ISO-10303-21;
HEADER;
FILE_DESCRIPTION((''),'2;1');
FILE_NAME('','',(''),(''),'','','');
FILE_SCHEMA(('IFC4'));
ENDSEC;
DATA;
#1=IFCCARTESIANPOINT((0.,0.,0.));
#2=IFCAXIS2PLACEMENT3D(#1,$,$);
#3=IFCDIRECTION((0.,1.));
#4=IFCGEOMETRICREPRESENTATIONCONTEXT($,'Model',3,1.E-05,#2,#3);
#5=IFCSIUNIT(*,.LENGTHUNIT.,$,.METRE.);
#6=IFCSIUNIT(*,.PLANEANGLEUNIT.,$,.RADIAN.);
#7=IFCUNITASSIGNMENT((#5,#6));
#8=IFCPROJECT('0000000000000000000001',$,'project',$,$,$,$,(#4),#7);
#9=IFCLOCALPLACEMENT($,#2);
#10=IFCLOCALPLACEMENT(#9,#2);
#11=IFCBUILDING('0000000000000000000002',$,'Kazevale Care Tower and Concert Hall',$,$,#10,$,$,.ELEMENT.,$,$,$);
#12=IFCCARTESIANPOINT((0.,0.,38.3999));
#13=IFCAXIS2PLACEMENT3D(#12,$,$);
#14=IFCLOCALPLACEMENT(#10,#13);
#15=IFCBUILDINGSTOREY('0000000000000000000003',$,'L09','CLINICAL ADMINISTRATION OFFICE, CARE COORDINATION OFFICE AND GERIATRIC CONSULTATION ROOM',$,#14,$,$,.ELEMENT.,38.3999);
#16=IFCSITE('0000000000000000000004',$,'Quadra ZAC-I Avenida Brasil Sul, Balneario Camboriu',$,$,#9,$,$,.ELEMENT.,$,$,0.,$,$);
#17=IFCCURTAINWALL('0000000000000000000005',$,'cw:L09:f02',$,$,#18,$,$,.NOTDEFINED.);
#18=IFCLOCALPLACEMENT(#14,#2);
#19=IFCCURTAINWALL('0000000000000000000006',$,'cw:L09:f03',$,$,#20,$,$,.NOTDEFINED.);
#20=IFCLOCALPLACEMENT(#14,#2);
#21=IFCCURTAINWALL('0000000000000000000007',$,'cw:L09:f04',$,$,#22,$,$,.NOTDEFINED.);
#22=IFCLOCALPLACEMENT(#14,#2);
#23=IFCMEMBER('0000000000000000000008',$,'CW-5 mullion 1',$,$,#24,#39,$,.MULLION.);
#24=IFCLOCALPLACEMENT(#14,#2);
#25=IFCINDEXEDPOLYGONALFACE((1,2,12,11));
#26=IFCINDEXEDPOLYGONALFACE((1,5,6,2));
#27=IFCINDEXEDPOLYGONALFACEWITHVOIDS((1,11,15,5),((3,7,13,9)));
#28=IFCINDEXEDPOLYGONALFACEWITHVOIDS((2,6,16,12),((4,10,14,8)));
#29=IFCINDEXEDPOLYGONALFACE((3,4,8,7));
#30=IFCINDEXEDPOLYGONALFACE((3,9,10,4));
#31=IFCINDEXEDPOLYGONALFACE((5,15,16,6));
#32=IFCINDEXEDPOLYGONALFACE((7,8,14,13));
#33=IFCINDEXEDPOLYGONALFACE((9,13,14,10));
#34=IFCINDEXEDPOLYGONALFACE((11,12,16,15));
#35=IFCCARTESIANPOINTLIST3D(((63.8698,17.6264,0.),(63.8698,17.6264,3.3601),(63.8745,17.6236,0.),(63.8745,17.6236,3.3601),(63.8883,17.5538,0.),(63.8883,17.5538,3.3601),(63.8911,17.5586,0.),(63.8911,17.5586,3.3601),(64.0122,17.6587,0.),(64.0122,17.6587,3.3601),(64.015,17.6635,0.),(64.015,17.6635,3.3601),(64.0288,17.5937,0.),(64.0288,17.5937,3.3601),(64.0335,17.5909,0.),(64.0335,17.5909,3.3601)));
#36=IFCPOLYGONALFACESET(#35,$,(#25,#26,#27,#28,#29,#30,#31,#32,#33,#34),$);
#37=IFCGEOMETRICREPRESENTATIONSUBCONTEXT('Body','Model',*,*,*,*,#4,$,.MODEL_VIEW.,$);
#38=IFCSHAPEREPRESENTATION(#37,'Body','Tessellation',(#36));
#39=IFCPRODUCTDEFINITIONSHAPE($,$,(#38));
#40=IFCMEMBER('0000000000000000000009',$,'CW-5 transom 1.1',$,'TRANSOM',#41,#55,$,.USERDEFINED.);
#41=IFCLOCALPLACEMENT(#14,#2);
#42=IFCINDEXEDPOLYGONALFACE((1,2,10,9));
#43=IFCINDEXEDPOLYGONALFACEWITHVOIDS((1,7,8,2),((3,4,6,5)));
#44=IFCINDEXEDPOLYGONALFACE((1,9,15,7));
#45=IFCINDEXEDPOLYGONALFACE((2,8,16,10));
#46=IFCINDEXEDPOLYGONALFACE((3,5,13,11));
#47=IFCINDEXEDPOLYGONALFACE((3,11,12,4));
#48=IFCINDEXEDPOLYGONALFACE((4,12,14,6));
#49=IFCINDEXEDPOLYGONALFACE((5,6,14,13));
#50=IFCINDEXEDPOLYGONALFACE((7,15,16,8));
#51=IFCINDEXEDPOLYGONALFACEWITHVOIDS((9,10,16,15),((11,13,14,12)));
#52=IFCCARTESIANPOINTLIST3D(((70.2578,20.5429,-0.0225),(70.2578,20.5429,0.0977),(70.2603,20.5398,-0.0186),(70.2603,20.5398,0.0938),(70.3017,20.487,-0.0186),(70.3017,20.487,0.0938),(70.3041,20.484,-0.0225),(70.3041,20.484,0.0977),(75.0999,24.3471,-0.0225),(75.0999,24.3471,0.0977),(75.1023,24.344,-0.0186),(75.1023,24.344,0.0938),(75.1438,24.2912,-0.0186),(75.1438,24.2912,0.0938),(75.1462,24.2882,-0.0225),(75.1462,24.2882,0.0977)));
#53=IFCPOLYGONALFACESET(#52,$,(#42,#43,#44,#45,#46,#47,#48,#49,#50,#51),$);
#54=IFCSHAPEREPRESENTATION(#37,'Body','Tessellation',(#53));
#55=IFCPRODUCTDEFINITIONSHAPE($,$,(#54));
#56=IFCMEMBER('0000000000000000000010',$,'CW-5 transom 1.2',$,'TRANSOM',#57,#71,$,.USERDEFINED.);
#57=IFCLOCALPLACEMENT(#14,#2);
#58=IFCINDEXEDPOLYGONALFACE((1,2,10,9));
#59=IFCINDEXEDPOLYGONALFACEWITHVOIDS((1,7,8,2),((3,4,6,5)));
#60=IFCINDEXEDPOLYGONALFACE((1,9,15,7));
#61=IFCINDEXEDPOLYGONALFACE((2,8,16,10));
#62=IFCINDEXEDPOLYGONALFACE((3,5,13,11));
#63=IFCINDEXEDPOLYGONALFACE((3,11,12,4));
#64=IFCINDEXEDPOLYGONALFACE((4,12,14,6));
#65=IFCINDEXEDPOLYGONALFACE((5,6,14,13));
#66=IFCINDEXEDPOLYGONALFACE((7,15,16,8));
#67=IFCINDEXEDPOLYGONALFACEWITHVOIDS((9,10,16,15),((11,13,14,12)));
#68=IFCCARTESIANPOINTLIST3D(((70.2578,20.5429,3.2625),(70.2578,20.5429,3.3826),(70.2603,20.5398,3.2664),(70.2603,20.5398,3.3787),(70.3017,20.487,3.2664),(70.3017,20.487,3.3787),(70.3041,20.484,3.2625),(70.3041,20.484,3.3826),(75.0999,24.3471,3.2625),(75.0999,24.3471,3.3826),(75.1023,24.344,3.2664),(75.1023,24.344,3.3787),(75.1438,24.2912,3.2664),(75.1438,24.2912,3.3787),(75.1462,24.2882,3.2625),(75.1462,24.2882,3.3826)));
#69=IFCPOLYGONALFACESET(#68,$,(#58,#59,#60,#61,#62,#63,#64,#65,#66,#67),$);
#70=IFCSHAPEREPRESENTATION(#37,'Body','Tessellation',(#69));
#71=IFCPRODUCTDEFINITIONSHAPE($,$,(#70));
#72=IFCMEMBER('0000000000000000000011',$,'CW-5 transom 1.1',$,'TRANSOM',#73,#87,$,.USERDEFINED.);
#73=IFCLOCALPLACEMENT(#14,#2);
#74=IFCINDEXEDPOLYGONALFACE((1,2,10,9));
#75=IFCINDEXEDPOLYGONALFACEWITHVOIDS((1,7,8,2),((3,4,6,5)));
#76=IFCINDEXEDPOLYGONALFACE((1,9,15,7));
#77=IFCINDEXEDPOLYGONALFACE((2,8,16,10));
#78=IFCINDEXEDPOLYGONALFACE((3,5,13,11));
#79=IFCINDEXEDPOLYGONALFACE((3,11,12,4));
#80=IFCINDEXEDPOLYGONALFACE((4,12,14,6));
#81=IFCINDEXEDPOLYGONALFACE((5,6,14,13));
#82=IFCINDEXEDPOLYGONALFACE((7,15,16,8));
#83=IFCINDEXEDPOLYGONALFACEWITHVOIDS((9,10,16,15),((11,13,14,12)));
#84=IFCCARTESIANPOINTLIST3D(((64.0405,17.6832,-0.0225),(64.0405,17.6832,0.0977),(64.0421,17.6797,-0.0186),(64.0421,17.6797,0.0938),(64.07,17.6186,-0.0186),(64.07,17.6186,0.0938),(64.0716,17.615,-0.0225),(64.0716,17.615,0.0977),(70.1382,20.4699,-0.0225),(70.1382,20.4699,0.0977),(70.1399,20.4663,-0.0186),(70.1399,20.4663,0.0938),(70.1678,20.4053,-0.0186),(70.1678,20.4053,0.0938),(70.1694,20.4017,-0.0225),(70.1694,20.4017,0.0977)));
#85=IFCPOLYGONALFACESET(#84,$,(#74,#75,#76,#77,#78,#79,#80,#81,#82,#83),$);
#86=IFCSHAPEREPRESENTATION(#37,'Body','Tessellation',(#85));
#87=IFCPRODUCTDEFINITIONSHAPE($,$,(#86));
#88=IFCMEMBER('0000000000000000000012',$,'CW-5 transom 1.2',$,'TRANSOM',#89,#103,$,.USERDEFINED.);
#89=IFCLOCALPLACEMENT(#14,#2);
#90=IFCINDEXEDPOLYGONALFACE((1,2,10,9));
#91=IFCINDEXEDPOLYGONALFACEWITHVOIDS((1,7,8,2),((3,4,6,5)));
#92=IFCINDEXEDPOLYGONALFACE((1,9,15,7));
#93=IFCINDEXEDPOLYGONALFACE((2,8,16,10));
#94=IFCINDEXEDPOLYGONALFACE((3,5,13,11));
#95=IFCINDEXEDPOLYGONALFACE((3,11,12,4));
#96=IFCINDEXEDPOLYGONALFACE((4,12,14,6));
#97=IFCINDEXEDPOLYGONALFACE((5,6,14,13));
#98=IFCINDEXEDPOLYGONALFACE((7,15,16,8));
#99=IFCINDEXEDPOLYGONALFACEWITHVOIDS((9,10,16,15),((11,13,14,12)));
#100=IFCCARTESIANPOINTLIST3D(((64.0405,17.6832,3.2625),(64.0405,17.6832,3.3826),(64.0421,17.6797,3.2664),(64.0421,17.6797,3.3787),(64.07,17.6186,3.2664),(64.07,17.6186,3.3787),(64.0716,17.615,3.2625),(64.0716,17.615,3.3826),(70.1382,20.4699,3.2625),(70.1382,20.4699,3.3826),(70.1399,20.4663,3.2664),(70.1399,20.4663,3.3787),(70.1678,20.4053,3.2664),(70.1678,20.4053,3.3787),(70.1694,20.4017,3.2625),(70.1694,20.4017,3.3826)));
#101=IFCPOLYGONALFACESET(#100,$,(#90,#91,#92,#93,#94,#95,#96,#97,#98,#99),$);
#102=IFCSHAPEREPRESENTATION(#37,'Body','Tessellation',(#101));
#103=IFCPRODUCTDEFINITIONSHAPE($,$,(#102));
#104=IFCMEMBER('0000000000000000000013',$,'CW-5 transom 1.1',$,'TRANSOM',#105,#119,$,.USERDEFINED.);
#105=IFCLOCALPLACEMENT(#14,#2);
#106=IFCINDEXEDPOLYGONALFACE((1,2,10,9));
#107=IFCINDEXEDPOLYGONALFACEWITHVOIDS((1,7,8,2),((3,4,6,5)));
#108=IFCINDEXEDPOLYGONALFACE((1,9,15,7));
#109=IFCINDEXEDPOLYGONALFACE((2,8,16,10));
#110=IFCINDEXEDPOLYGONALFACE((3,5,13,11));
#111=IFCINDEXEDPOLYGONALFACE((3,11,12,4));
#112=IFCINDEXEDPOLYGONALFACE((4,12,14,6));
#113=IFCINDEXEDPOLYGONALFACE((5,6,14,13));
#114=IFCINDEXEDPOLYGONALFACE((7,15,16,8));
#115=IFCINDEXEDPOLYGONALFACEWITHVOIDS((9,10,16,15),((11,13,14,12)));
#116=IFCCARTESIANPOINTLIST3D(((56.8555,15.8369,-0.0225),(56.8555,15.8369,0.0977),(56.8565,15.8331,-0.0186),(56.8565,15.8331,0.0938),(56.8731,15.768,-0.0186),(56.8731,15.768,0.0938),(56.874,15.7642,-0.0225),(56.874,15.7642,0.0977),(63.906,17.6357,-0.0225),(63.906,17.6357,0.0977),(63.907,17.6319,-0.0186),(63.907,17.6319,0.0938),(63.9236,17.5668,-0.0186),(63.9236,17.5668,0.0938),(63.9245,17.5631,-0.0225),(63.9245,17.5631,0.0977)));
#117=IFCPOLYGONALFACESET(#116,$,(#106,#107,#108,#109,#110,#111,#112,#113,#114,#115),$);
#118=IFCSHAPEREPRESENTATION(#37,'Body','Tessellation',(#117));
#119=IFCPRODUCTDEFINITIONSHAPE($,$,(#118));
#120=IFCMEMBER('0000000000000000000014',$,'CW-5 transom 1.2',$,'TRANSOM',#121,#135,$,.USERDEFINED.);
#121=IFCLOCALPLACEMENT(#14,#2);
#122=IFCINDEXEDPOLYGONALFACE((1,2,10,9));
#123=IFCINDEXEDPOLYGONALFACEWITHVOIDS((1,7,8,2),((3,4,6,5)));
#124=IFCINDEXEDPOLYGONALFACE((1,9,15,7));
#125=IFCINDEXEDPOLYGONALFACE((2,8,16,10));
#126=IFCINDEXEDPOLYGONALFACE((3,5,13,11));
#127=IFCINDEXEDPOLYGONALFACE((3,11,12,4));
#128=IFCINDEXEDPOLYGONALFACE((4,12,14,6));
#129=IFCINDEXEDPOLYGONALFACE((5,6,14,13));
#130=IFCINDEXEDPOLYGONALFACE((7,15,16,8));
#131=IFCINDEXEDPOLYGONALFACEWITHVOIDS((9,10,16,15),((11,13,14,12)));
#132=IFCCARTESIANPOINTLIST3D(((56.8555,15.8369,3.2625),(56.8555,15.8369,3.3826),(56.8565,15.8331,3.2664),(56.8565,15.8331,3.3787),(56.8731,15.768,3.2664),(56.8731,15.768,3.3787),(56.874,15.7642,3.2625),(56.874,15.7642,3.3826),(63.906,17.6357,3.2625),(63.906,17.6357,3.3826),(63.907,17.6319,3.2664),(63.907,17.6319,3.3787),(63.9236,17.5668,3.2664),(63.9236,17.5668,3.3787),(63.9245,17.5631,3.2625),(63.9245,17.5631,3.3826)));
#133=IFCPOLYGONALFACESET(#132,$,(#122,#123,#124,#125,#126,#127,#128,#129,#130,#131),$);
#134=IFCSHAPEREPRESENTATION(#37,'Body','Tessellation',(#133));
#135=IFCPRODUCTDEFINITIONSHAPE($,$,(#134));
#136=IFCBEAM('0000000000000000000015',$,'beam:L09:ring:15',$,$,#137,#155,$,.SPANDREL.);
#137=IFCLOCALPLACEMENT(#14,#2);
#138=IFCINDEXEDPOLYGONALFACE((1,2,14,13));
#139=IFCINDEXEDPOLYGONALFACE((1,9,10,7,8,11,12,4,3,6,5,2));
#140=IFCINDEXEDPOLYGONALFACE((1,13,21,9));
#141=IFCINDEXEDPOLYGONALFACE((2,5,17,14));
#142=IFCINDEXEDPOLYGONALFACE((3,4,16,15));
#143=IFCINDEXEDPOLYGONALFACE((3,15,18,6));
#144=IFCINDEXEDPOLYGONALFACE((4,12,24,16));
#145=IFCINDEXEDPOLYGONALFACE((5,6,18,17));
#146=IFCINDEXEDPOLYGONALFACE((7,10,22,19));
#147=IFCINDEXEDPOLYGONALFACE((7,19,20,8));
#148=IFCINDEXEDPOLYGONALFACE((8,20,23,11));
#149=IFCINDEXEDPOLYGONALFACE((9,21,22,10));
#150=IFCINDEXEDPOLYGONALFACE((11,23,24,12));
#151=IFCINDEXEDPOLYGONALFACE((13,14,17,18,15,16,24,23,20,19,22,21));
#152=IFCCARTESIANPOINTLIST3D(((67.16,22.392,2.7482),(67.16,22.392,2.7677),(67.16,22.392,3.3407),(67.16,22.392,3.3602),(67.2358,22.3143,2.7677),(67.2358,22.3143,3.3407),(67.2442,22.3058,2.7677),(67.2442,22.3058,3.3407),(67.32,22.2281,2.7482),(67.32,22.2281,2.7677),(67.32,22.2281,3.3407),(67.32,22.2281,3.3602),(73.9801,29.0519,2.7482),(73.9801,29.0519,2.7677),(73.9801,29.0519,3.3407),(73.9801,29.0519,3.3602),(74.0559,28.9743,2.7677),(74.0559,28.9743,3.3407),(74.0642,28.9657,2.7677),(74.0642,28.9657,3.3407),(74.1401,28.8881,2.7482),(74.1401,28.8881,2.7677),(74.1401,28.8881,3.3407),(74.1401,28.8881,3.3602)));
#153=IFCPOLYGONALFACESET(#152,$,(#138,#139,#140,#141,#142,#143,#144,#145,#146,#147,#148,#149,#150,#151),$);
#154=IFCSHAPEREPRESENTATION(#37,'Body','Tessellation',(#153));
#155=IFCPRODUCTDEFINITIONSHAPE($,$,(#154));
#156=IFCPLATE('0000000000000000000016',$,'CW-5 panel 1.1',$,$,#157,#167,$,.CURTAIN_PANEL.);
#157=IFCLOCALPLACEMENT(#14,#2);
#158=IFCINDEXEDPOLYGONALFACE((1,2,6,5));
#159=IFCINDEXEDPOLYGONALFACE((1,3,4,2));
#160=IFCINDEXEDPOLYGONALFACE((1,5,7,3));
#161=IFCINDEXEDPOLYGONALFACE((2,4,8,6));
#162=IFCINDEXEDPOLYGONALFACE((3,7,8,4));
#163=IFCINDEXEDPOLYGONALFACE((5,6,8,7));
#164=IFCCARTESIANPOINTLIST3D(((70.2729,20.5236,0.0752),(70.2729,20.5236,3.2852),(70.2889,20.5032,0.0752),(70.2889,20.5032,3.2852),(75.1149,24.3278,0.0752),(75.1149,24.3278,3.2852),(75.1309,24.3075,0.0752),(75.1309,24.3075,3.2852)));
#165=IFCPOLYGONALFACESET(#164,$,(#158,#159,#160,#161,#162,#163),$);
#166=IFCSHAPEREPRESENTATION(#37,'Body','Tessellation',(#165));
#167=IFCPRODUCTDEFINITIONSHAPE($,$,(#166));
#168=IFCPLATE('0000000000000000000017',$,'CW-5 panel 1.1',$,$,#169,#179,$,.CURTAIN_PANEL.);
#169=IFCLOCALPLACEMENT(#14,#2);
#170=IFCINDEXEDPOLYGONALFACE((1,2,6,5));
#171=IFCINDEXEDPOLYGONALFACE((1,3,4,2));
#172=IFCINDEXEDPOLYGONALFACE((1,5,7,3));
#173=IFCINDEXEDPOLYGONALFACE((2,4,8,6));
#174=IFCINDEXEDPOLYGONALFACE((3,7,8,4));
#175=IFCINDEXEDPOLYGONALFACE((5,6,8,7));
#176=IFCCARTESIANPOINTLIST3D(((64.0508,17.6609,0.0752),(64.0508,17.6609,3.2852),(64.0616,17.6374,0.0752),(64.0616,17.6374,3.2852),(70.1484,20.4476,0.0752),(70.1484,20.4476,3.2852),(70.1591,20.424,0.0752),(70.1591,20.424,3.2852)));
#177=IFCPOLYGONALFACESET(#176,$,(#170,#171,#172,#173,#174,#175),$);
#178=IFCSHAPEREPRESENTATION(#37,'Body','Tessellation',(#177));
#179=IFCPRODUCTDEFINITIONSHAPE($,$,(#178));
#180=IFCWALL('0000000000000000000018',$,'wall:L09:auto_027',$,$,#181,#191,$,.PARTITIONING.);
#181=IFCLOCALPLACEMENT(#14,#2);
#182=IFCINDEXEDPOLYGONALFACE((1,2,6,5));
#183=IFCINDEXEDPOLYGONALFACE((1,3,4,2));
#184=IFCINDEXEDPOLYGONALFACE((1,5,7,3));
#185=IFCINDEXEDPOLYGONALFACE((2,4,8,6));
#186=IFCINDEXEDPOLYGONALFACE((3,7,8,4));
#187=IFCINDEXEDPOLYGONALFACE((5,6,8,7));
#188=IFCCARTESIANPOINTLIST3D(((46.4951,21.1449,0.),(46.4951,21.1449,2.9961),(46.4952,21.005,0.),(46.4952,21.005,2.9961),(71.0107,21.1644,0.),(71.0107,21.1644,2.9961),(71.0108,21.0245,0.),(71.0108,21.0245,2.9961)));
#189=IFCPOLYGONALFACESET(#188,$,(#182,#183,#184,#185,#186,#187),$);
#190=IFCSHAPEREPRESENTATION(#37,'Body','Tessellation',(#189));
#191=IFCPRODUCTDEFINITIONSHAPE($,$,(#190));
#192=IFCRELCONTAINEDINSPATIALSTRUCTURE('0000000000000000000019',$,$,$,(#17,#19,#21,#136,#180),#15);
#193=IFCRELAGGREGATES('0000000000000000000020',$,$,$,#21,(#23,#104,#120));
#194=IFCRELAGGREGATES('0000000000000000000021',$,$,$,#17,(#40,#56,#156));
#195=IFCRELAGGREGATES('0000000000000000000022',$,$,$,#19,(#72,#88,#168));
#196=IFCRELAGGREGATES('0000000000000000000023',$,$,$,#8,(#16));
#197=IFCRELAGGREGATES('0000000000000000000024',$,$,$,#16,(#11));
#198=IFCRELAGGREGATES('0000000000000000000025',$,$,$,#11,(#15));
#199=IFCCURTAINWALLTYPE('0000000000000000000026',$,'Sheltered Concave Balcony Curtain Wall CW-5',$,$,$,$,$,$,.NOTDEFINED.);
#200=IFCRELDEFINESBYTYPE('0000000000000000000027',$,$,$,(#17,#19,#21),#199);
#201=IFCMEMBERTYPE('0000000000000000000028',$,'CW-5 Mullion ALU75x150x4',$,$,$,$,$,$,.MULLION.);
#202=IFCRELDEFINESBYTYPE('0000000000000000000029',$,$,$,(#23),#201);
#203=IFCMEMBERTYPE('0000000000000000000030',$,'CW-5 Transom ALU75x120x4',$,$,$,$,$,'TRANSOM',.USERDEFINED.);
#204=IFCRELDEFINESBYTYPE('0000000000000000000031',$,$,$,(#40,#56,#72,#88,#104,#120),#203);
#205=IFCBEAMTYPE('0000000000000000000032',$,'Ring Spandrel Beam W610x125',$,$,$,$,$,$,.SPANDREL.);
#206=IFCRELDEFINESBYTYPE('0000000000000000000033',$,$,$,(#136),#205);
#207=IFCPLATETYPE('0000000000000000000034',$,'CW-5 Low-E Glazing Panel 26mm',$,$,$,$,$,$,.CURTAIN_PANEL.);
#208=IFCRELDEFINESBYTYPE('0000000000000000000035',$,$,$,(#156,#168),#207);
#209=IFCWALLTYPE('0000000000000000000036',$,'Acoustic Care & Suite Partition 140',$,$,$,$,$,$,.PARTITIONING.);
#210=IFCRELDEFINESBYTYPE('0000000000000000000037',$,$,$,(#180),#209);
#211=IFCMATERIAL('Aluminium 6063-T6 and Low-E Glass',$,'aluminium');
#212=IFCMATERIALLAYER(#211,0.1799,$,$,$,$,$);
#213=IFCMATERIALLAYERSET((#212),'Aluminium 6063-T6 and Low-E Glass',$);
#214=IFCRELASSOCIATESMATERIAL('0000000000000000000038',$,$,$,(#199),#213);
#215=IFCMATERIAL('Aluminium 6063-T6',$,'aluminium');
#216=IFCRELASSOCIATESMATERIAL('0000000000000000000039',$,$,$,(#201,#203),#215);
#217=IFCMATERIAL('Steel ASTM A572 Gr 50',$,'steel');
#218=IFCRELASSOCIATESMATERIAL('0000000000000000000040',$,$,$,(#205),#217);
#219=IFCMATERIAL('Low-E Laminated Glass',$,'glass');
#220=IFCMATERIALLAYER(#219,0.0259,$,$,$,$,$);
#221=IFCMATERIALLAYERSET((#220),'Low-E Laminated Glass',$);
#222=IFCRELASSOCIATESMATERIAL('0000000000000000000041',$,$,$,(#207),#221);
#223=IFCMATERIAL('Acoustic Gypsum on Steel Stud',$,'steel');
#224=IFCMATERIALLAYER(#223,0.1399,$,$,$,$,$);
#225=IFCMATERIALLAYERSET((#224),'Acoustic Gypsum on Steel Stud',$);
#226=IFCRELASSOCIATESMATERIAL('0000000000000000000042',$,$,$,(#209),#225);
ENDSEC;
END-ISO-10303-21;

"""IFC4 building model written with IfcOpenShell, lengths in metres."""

from ifc_helpers import new_model, si_unit, direction, frame, frame_2d, origin, origin_2d, place, context, subcontext, project, spatial, rectangle, hollow_rectangle, i_section, extrude, material, layer, layer_set, material_profile, profile_set, type_object, element, aggregate, save


model = new_model("IFC4")

# Units and contexts
model_context = context("Model", 3, precision=1e-05, world=origin(), true_north=direction((0.0, 1.0)))
body_context = subcontext(model_context, "Body", "Model", "MODEL_VIEW")
ifc_project = project(units=[si_unit("LENGTHUNIT", "METRE"), si_unit("PLANEANGLEUNIT", "RADIAN")], contexts=[model_context])

# Site, building, storey
site_placement = place(None, origin())
site = spatial("IfcSite", under=ifc_project, at=site_placement, Name="Quadra ZAC-I Avenida Brasil Sul, Balneario Camboriu", CompositionType="ELEMENT", RefElevation=0.0)
building_placement = place(site_placement, origin())
building = spatial("IfcBuilding", under=site, at=building_placement, Name="Kazevale Care Tower and Concert Hall", CompositionType="ELEMENT")
storey_placement = place(building_placement, frame((0.0, 0.0, 38.3999)))
storey = spatial("IfcBuildingStorey", under=building, at=storey_placement, Name="L09", Description="CLINICAL ADMINISTRATION OFFICE, CARE COORDINATION OFFICE AND GERIATRIC CONSULTATION ROOM", CompositionType="ELEMENT", Elevation=38.3999)

# Shared definitions
ifc_material_1 = material(Name="Aluminium 6063-T6 and Low-E Glass", Category="aluminium")
ifc_material_2 = material(Name="Aluminium 6063-T6", Category="aluminium")

# Curtain walls
ifc_layer_1 = layer(ifc_material_1, 0.1799)
ifc_layer_set_1 = layer_set([ifc_layer_1], Name="Aluminium 6063-T6 and Low-E Glass")
curtain_wall_type_1 = type_object("IfcCurtainWallType", Name="Sheltered Concave Balcony Curtain Wall CW-5", PredefinedType="NOTDEFINED", material=ifc_layer_set_1)
curtain_wall_1_placement = place(storey_placement, origin())
curtain_wall_1 = element("IfcCurtainWall", 1, at=curtain_wall_1_placement, inside=storey, type_object=curtain_wall_type_1, Name="cw:L09:f02", PredefinedType="NOTDEFINED")
ifc_material_profile_1 = material_profile(ifc_material_2, hollow_rectangle(XDim=0.075, YDim=0.1499, WallThickness=0.0039, at=origin_2d()), Name="ALU75x150x4")
ifc_profile_set_1 = profile_set([ifc_material_profile_1], Name="Aluminium 6063-T6")
member_type_1 = type_object("IfcMemberType", Name="CW-5 Mullion ALU75x150x4", PredefinedType="MULLION", material=ifc_profile_set_1)
curtain_wall_2_placement = place(storey_placement, origin())
curtain_wall_2 = element("IfcCurtainWall", 2, at=curtain_wall_2_placement, inside=storey, type_object=curtain_wall_type_1, Name="cw:L09:f03", PredefinedType="NOTDEFINED")

# Curtain wall, member
curtain_wall_3_placement = place(storey_placement, origin())
curtain_wall_3 = element("IfcCurtainWall", 3, at=curtain_wall_3_placement, inside=storey, type_object=curtain_wall_type_1, Name="cw:L09:f04", PredefinedType="NOTDEFINED")
member_1_placement = place(storey_placement, frame((63.9517, 17.6086, 0.0), z_axis=(0.0, 0.0, 1.0), x_axis=(0.247222, -0.968959, 0.0)))
member_1 = element("IfcMember", 4, at=member_1_placement, type_object=member_type_1, Name="CW-5 mullion 1", PredefinedType="MULLION", context=body_context, shape_type="SweptSolid", body=[
    extrude(hollow_rectangle(XDim=0.075, YDim=0.1499, WallThickness=0.0039, at=origin_2d()), origin(), (0.0, 0.0, 1.0), 3.3601),
])

# Members
ifc_material_profile_2 = material_profile(ifc_material_2, hollow_rectangle(XDim=0.075, YDim=0.1201, WallThickness=0.0039, at=origin_2d()), Name="ALU75x120x4")
ifc_profile_set_2 = profile_set([ifc_material_profile_2], Name="Aluminium 6063-T6")
member_type_2 = type_object("IfcMemberType", Name="CW-5 Transom ALU75x120x4", ElementType="TRANSOM", PredefinedType="USERDEFINED", material=ifc_profile_set_2)
member_2_placement = place(storey_placement, frame((75.123, 24.3176, 0.0376), z_axis=(-0.786339, -0.617795, 0.0), x_axis=(0.617795, -0.786339, 0.0)))
member_2 = element("IfcMember", 5, at=member_2_placement, type_object=member_type_2, Name="CW-5 transom 1.1", ObjectType="TRANSOM", PredefinedType="USERDEFINED", context=body_context, shape_type="SweptSolid", body=[
    extrude(hollow_rectangle(XDim=0.075, YDim=0.1201, WallThickness=0.0039, at=origin_2d()), origin(), (0.0, 0.0, 1.0), 6.1577),
])
member_3_placement = place(storey_placement, frame((75.123, 24.3176, 3.3225), z_axis=(-0.786339, -0.617795, 0.0), x_axis=(0.617795, -0.786339, 0.0)))
member_3 = element("IfcMember", 6, at=member_3_placement, type_object=member_type_2, Name="CW-5 transom 1.2", ObjectType="TRANSOM", PredefinedType="USERDEFINED", context=body_context, shape_type="SweptSolid", body=[
    extrude(hollow_rectangle(XDim=0.075, YDim=0.1201, WallThickness=0.0039, at=origin_2d()), origin(), (0.0, 0.0, 1.0), 6.1577),
])
member_4_placement = place(storey_placement, frame((70.1538, 20.4358, 0.0376), z_axis=(-0.909524, -0.415651, 0.0), x_axis=(0.415651, -0.909524, 0.0)))
member_4 = element("IfcMember", 7, at=member_4_placement, type_object=member_type_2, Name="CW-5 transom 1.1", ObjectType="TRANSOM", PredefinedType="USERDEFINED", context=body_context, shape_type="SweptSolid", body=[
    extrude(hollow_rectangle(XDim=0.075, YDim=0.1201, WallThickness=0.0039, at=origin_2d()), origin(), (0.0, 0.0, 1.0), 6.7043),
])
member_5_placement = place(storey_placement, frame((70.1538, 20.4358, 3.3225), z_axis=(-0.909524, -0.415651, 0.0), x_axis=(0.415651, -0.909524, 0.0)))
member_5 = element("IfcMember", 8, at=member_5_placement, type_object=member_type_2, Name="CW-5 transom 1.2", ObjectType="TRANSOM", PredefinedType="USERDEFINED", context=body_context, shape_type="SweptSolid", body=[
    extrude(hollow_rectangle(XDim=0.075, YDim=0.1201, WallThickness=0.0039, at=origin_2d()), origin(), (0.0, 0.0, 1.0), 6.7043),
])
member_6_placement = place(storey_placement, frame((63.9153, 17.5994, 0.0376), z_axis=(-0.968961, -0.247214, 0.0), x_axis=(0.247214, -0.968961, 0.0)))
member_6 = element("IfcMember", 9, at=member_6_placement, type_object=member_type_2, Name="CW-5 transom 1.1", ObjectType="TRANSOM", PredefinedType="USERDEFINED", context=body_context, shape_type="SweptSolid", body=[
    extrude(hollow_rectangle(XDim=0.075, YDim=0.1201, WallThickness=0.0039, at=origin_2d()), origin(), (0.0, 0.0, 1.0), 7.2764),
])
member_7_placement = place(storey_placement, frame((63.9153, 17.5994, 3.3225), z_axis=(-0.968961, -0.247214, 0.0), x_axis=(0.247214, -0.968961, 0.0)))
member_7 = element("IfcMember", 10, at=member_7_placement, type_object=member_type_2, Name="CW-5 transom 1.2", ObjectType="TRANSOM", PredefinedType="USERDEFINED", context=body_context, shape_type="SweptSolid", body=[
    extrude(hollow_rectangle(XDim=0.075, YDim=0.1201, WallThickness=0.0039, at=origin_2d()), origin(), (0.0, 0.0, 1.0), 7.2764),
])
aggregate(curtain_wall_3, [member_1, member_6, member_7])

# Beam
ifc_material_3 = material(Name="Steel ASTM A572 Gr 50", Category="steel")
ifc_material_profile_3 = material_profile(ifc_material_3, i_section(OverallWidth=0.229, OverallDepth=0.6121, WebThickness=0.012, FlangeThickness=0.0195, at=origin_2d()), Name="W610x125")
ifc_profile_set_3 = profile_set([ifc_material_profile_3], Name="Steel ASTM A572 Gr 50")
beam_type = type_object("IfcBeamType", Name="Ring Spandrel Beam W610x125", PredefinedType="SPANDREL", material=ifc_profile_set_3)
beam_placement = place(storey_placement, frame((67.24, 22.3101, 3.0542), z_axis=(0.715457, 0.698656, 0.0), x_axis=(-0.698656, 0.715457, 0.0)))
element("IfcBeam", 11, at=beam_placement, inside=storey, type_object=beam_type, Name="beam:L09:ring:15", PredefinedType="SPANDREL", context=body_context, shape_type="SweptSolid", body=[
    extrude(i_section(OverallWidth=0.229, OverallDepth=0.6121, WebThickness=0.012, FlangeThickness=0.0195, at=origin_2d()), origin(), (0.0, 0.0, 1.0), 9.5325),
])

# Plates
ifc_material_4 = material(Name="Low-E Laminated Glass", Category="glass")
ifc_layer_2 = layer(ifc_material_4, 0.0259)
ifc_layer_set_2 = layer_set([ifc_layer_2], Name="Low-E Laminated Glass")
plate_type = type_object("IfcPlateType", Name="CW-5 Low-E Glazing Panel 26mm", PredefinedType="CURTAIN_PANEL", material=ifc_layer_set_2)
plate_1_placement = place(storey_placement, frame((72.7019, 22.4155, 0.0752), z_axis=(0.0, 0.0, 1.0), x_axis=(-0.786329, -0.617808, 0.0)))
plate_1 = element("IfcPlate", 12, at=plate_1_placement, type_object=plate_type, Name="CW-5 panel 1.1", PredefinedType="CURTAIN_PANEL", context=body_context, shape_type="SweptSolid", body=[
    extrude(rectangle(XDim=6.1577, YDim=0.0259, at=origin_2d()), origin(), (0.0, 0.0, 1.0), 3.21),
])
aggregate(curtain_wall_1, [member_2, member_3, plate_1])
plate_2_placement = place(storey_placement, frame((67.105, 19.0425, 0.0752), z_axis=(0.0, 0.0, 1.0), x_axis=(-0.90952, -0.41566, 0.0)))
plate_2 = element("IfcPlate", 13, at=plate_2_placement, type_object=plate_type, Name="CW-5 panel 1.1", PredefinedType="CURTAIN_PANEL", context=body_context, shape_type="SweptSolid", body=[
    extrude(rectangle(XDim=6.7041, YDim=0.0259, at=origin_2d()), origin(), (0.0, 0.0, 1.0), 3.21),
])
aggregate(curtain_wall_2, [member_4, member_5, plate_2])

# Wall
ifc_material_5 = material(Name="Acoustic Gypsum on Steel Stud", Category="steel")
ifc_layer_3 = layer(ifc_material_5, 0.1399)
ifc_layer_set_3 = layer_set([ifc_layer_3], Name="Acoustic Gypsum on Steel Stud")
wall_type = type_object("IfcWallType", Name="Acoustic Care & Suite Partition 140", PredefinedType="PARTITIONING", material=ifc_layer_set_3)
wall_placement = place(storey_placement, frame((71.0107, 21.0945, 0.0), z_axis=(0.0, 0.0, 1.0), x_axis=(-1.0, -0.000797, 0.0)))
element("IfcWall", 14, at=wall_placement, inside=storey, type_object=wall_type, Name="wall:L09:auto_027", PredefinedType="PARTITIONING", context=body_context, shape_type="SweptSolid", body=[
    extrude(rectangle(XDim=24.5156, YDim=0.1399, at=frame_2d((12.2578, 0.0))), origin(), (0.0, 0.0, 1.0), 2.9961),
])

save(model, "model.ifc")
